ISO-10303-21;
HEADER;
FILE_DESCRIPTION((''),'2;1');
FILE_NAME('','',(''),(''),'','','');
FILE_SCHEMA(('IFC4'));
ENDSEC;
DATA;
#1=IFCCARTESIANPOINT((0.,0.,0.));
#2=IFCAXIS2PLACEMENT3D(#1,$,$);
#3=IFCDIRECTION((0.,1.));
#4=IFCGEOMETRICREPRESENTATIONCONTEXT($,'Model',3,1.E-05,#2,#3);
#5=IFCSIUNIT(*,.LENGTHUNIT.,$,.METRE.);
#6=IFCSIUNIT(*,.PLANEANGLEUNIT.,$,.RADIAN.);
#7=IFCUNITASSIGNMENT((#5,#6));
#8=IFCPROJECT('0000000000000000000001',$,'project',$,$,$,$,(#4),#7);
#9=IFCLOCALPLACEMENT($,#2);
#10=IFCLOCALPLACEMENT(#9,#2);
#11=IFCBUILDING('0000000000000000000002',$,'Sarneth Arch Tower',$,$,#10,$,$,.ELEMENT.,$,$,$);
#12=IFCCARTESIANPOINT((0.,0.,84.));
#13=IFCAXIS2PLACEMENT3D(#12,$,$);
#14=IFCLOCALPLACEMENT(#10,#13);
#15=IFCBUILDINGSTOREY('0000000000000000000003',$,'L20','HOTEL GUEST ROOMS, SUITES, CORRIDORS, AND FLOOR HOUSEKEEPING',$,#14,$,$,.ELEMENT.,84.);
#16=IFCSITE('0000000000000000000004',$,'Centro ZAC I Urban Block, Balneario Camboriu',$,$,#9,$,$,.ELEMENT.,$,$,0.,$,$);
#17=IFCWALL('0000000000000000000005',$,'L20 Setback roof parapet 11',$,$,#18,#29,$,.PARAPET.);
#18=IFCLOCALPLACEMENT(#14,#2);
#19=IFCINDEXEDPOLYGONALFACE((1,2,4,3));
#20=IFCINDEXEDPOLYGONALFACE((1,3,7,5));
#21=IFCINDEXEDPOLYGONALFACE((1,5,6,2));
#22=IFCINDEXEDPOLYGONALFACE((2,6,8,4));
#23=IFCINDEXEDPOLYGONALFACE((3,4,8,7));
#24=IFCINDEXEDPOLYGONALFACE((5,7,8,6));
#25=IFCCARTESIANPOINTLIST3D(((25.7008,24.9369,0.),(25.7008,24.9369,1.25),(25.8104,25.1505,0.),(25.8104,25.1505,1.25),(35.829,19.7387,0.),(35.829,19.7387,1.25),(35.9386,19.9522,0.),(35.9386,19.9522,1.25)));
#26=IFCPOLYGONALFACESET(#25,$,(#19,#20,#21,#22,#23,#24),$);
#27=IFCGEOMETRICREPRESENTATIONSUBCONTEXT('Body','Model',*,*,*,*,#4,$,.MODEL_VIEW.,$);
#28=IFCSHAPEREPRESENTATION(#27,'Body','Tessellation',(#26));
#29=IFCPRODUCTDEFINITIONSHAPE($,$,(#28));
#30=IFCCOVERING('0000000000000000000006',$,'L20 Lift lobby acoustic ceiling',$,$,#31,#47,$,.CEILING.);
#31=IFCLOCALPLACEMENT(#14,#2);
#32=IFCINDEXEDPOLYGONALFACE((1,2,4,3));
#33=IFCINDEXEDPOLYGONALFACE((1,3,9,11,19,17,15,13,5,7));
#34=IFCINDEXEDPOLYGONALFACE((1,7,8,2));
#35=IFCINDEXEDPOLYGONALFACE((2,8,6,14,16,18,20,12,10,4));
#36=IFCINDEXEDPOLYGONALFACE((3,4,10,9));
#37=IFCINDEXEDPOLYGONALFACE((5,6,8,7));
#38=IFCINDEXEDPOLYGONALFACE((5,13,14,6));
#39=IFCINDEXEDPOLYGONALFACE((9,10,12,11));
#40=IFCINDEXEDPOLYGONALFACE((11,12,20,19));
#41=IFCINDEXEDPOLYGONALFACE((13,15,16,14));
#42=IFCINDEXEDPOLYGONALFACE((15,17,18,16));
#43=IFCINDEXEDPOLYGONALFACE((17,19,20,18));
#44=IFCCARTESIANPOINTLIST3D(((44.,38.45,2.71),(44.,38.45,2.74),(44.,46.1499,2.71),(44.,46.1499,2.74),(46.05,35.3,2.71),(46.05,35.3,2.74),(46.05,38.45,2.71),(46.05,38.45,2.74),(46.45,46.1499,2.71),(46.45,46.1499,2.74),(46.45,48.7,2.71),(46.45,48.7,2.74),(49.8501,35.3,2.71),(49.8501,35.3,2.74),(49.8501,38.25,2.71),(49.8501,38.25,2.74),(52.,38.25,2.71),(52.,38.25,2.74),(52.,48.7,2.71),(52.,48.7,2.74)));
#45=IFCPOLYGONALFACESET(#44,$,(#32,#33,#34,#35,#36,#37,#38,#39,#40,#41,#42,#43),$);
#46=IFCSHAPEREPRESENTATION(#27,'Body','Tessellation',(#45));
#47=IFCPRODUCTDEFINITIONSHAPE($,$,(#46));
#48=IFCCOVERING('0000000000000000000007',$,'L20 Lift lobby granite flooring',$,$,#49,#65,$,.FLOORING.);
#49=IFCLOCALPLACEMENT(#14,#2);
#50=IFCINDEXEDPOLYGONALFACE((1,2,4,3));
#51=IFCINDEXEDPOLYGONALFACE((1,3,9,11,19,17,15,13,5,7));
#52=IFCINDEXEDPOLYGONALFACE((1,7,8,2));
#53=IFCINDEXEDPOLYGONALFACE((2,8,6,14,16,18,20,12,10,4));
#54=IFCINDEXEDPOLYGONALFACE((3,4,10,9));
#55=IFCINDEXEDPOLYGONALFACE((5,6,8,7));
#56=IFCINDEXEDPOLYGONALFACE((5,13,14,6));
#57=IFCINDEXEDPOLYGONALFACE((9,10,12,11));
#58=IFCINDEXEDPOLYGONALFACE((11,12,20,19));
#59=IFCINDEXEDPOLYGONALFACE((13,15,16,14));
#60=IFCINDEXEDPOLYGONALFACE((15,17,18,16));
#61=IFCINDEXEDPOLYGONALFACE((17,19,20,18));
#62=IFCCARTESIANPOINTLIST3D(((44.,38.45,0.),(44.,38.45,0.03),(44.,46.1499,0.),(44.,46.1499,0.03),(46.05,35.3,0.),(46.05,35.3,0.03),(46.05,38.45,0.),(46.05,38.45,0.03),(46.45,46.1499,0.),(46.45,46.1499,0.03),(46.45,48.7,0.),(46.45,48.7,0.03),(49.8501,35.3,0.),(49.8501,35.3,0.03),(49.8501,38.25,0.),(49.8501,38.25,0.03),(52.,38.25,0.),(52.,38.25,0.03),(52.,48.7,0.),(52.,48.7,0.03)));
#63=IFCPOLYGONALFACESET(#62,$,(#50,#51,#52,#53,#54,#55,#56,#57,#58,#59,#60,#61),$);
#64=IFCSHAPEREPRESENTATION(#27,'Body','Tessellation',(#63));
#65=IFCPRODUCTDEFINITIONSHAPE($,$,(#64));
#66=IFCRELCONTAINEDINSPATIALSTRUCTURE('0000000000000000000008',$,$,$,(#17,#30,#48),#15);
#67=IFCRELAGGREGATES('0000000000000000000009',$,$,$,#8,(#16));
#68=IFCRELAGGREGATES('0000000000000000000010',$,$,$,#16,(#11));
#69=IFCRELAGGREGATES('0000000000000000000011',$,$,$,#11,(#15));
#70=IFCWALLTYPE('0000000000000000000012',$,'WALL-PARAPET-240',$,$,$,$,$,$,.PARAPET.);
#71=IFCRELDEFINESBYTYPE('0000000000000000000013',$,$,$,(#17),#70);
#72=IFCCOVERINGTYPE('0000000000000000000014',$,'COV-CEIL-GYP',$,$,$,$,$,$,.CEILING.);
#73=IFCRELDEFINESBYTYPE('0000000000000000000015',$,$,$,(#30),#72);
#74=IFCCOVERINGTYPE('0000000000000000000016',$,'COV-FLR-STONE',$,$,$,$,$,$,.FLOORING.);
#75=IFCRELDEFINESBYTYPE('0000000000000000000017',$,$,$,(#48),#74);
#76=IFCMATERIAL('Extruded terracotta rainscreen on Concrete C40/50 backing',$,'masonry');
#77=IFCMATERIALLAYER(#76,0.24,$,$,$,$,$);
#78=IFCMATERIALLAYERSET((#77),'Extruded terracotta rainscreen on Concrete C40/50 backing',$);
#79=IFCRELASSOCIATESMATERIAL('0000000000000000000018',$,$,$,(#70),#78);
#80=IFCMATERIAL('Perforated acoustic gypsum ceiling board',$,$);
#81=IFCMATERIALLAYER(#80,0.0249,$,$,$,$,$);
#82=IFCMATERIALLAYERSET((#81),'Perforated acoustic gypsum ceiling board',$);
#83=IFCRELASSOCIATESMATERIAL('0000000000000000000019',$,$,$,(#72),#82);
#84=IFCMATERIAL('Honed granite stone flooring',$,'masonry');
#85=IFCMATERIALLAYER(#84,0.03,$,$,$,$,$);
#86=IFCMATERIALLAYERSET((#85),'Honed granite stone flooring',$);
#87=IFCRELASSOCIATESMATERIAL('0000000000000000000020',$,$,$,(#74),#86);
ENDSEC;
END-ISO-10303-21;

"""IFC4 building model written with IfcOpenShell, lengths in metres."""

from ifc_helpers import new_model, si_unit, direction, frame, frame_2d, origin, place, context, subcontext, project, spatial, polyline, rectangle, outline, extrude, material, layer, layer_set, type_object, element, save


model = new_model("IFC4")

# Units and contexts
model_context = context("Model", 3, precision=1e-05, world=origin(), true_north=direction((0.0, 1.0)))
body_context = subcontext(model_context, "Body", "Model", "MODEL_VIEW")
ifc_project = project(units=[si_unit("LENGTHUNIT", "METRE"), si_unit("PLANEANGLEUNIT", "RADIAN")], contexts=[model_context])

# Site, building, storey
site_placement = place(None, origin())
site = spatial("IfcSite", under=ifc_project, at=site_placement, Name="Centro ZAC I Urban Block, Balneario Camboriu", CompositionType="ELEMENT", RefElevation=0.0)
building_placement = place(site_placement, origin())
building = spatial("IfcBuilding", under=site, at=building_placement, Name="Sarneth Arch Tower", CompositionType="ELEMENT")
storey_placement = place(building_placement, frame((0.0, 0.0, 84.0)))
storey = spatial("IfcBuildingStorey", under=building, at=storey_placement, Name="L20", Description="HOTEL GUEST ROOMS, SUITES, CORRIDORS, AND FLOOR HOUSEKEEPING", CompositionType="ELEMENT", Elevation=84.0)

# Wall
ifc_material_1 = material(Name="Extruded terracotta rainscreen on Concrete C40/50 backing", Category="masonry")
ifc_layer_1 = layer(ifc_material_1, 0.24)
ifc_layer_set_1 = layer_set([ifc_layer_1], Name="Extruded terracotta rainscreen on Concrete C40/50 backing")
wall_type_1 = type_object("IfcWallType", Name="WALL-PARAPET-240", PredefinedType="PARAPET", material=ifc_layer_set_1)
wall_1_placement = place(storey_placement, frame((25.7556, 25.0437, 0.0), z_axis=(0.0, 0.0, 1.0), x_axis=(0.889664, -0.456616, 0.0)))
element("IfcWall", 1, at=wall_1_placement, inside=storey, type_object=wall_type_1, Name="L20 Setback roof parapet 11", PredefinedType="PARAPET", context=body_context, shape_type="SweptSolid", body=[
    extrude(rectangle(XDim=11.3843, YDim=0.24, at=frame_2d((5.6921, 0.0))), origin(), (0.0, 0.0, 1.0), 1.25),
])

# Coverings
ifc_material_2 = material(Name="Perforated acoustic gypsum ceiling board")
ifc_layer_2 = layer(ifc_material_2, 0.0249)
ifc_layer_set_2 = layer_set([ifc_layer_2], Name="Perforated acoustic gypsum ceiling board")
covering_type_1 = type_object("IfcCoveringType", Name="COV-CEIL-GYP", PredefinedType="CEILING", material=ifc_layer_set_2)
covering_1_placement = place(storey_placement, frame((0.0, 0.0, 2.71)))
element("IfcCovering", 2, at=covering_1_placement, inside=storey, type_object=covering_type_1, Name="L20 Lift lobby acoustic ceiling", PredefinedType="CEILING", context=body_context, shape_type="SweptSolid", body=[
    extrude(outline(polyline([(49.8501, 38.25), (49.8501, 35.3), (46.05, 35.3), (46.05, 38.45), (44.0, 38.45), (44.0, 46.1499), (46.45, 46.1499), (46.45, 48.7), (52.0, 48.7), (52.0, 38.25), (49.8501, 38.25)])), origin(), (0.0, 0.0, 1.0), 0.03),
])
ifc_material_3 = material(Name="Honed granite stone flooring", Category="masonry")
ifc_layer_3 = layer(ifc_material_3, 0.03)
ifc_layer_set_3 = layer_set([ifc_layer_3], Name="Honed granite stone flooring")
covering_type_2 = type_object("IfcCoveringType", Name="COV-FLR-STONE", PredefinedType="FLOORING", material=ifc_layer_set_3)
covering_2_placement = place(storey_placement, origin())
element("IfcCovering", 3, at=covering_2_placement, inside=storey, type_object=covering_type_2, Name="L20 Lift lobby granite flooring", PredefinedType="FLOORING", context=body_context, shape_type="SweptSolid", body=[
    extrude(outline(polyline([(49.8501, 38.25), (49.8501, 35.3), (46.05, 35.3), (46.05, 38.45), (44.0, 38.45), (44.0, 46.1499), (46.45, 46.1499), (46.45, 48.7), (52.0, 48.7), (52.0, 38.25), (49.8501, 38.25)])), origin(), (0.0, 0.0, 1.0), 0.03),
])

save(model, "model.ifc")
